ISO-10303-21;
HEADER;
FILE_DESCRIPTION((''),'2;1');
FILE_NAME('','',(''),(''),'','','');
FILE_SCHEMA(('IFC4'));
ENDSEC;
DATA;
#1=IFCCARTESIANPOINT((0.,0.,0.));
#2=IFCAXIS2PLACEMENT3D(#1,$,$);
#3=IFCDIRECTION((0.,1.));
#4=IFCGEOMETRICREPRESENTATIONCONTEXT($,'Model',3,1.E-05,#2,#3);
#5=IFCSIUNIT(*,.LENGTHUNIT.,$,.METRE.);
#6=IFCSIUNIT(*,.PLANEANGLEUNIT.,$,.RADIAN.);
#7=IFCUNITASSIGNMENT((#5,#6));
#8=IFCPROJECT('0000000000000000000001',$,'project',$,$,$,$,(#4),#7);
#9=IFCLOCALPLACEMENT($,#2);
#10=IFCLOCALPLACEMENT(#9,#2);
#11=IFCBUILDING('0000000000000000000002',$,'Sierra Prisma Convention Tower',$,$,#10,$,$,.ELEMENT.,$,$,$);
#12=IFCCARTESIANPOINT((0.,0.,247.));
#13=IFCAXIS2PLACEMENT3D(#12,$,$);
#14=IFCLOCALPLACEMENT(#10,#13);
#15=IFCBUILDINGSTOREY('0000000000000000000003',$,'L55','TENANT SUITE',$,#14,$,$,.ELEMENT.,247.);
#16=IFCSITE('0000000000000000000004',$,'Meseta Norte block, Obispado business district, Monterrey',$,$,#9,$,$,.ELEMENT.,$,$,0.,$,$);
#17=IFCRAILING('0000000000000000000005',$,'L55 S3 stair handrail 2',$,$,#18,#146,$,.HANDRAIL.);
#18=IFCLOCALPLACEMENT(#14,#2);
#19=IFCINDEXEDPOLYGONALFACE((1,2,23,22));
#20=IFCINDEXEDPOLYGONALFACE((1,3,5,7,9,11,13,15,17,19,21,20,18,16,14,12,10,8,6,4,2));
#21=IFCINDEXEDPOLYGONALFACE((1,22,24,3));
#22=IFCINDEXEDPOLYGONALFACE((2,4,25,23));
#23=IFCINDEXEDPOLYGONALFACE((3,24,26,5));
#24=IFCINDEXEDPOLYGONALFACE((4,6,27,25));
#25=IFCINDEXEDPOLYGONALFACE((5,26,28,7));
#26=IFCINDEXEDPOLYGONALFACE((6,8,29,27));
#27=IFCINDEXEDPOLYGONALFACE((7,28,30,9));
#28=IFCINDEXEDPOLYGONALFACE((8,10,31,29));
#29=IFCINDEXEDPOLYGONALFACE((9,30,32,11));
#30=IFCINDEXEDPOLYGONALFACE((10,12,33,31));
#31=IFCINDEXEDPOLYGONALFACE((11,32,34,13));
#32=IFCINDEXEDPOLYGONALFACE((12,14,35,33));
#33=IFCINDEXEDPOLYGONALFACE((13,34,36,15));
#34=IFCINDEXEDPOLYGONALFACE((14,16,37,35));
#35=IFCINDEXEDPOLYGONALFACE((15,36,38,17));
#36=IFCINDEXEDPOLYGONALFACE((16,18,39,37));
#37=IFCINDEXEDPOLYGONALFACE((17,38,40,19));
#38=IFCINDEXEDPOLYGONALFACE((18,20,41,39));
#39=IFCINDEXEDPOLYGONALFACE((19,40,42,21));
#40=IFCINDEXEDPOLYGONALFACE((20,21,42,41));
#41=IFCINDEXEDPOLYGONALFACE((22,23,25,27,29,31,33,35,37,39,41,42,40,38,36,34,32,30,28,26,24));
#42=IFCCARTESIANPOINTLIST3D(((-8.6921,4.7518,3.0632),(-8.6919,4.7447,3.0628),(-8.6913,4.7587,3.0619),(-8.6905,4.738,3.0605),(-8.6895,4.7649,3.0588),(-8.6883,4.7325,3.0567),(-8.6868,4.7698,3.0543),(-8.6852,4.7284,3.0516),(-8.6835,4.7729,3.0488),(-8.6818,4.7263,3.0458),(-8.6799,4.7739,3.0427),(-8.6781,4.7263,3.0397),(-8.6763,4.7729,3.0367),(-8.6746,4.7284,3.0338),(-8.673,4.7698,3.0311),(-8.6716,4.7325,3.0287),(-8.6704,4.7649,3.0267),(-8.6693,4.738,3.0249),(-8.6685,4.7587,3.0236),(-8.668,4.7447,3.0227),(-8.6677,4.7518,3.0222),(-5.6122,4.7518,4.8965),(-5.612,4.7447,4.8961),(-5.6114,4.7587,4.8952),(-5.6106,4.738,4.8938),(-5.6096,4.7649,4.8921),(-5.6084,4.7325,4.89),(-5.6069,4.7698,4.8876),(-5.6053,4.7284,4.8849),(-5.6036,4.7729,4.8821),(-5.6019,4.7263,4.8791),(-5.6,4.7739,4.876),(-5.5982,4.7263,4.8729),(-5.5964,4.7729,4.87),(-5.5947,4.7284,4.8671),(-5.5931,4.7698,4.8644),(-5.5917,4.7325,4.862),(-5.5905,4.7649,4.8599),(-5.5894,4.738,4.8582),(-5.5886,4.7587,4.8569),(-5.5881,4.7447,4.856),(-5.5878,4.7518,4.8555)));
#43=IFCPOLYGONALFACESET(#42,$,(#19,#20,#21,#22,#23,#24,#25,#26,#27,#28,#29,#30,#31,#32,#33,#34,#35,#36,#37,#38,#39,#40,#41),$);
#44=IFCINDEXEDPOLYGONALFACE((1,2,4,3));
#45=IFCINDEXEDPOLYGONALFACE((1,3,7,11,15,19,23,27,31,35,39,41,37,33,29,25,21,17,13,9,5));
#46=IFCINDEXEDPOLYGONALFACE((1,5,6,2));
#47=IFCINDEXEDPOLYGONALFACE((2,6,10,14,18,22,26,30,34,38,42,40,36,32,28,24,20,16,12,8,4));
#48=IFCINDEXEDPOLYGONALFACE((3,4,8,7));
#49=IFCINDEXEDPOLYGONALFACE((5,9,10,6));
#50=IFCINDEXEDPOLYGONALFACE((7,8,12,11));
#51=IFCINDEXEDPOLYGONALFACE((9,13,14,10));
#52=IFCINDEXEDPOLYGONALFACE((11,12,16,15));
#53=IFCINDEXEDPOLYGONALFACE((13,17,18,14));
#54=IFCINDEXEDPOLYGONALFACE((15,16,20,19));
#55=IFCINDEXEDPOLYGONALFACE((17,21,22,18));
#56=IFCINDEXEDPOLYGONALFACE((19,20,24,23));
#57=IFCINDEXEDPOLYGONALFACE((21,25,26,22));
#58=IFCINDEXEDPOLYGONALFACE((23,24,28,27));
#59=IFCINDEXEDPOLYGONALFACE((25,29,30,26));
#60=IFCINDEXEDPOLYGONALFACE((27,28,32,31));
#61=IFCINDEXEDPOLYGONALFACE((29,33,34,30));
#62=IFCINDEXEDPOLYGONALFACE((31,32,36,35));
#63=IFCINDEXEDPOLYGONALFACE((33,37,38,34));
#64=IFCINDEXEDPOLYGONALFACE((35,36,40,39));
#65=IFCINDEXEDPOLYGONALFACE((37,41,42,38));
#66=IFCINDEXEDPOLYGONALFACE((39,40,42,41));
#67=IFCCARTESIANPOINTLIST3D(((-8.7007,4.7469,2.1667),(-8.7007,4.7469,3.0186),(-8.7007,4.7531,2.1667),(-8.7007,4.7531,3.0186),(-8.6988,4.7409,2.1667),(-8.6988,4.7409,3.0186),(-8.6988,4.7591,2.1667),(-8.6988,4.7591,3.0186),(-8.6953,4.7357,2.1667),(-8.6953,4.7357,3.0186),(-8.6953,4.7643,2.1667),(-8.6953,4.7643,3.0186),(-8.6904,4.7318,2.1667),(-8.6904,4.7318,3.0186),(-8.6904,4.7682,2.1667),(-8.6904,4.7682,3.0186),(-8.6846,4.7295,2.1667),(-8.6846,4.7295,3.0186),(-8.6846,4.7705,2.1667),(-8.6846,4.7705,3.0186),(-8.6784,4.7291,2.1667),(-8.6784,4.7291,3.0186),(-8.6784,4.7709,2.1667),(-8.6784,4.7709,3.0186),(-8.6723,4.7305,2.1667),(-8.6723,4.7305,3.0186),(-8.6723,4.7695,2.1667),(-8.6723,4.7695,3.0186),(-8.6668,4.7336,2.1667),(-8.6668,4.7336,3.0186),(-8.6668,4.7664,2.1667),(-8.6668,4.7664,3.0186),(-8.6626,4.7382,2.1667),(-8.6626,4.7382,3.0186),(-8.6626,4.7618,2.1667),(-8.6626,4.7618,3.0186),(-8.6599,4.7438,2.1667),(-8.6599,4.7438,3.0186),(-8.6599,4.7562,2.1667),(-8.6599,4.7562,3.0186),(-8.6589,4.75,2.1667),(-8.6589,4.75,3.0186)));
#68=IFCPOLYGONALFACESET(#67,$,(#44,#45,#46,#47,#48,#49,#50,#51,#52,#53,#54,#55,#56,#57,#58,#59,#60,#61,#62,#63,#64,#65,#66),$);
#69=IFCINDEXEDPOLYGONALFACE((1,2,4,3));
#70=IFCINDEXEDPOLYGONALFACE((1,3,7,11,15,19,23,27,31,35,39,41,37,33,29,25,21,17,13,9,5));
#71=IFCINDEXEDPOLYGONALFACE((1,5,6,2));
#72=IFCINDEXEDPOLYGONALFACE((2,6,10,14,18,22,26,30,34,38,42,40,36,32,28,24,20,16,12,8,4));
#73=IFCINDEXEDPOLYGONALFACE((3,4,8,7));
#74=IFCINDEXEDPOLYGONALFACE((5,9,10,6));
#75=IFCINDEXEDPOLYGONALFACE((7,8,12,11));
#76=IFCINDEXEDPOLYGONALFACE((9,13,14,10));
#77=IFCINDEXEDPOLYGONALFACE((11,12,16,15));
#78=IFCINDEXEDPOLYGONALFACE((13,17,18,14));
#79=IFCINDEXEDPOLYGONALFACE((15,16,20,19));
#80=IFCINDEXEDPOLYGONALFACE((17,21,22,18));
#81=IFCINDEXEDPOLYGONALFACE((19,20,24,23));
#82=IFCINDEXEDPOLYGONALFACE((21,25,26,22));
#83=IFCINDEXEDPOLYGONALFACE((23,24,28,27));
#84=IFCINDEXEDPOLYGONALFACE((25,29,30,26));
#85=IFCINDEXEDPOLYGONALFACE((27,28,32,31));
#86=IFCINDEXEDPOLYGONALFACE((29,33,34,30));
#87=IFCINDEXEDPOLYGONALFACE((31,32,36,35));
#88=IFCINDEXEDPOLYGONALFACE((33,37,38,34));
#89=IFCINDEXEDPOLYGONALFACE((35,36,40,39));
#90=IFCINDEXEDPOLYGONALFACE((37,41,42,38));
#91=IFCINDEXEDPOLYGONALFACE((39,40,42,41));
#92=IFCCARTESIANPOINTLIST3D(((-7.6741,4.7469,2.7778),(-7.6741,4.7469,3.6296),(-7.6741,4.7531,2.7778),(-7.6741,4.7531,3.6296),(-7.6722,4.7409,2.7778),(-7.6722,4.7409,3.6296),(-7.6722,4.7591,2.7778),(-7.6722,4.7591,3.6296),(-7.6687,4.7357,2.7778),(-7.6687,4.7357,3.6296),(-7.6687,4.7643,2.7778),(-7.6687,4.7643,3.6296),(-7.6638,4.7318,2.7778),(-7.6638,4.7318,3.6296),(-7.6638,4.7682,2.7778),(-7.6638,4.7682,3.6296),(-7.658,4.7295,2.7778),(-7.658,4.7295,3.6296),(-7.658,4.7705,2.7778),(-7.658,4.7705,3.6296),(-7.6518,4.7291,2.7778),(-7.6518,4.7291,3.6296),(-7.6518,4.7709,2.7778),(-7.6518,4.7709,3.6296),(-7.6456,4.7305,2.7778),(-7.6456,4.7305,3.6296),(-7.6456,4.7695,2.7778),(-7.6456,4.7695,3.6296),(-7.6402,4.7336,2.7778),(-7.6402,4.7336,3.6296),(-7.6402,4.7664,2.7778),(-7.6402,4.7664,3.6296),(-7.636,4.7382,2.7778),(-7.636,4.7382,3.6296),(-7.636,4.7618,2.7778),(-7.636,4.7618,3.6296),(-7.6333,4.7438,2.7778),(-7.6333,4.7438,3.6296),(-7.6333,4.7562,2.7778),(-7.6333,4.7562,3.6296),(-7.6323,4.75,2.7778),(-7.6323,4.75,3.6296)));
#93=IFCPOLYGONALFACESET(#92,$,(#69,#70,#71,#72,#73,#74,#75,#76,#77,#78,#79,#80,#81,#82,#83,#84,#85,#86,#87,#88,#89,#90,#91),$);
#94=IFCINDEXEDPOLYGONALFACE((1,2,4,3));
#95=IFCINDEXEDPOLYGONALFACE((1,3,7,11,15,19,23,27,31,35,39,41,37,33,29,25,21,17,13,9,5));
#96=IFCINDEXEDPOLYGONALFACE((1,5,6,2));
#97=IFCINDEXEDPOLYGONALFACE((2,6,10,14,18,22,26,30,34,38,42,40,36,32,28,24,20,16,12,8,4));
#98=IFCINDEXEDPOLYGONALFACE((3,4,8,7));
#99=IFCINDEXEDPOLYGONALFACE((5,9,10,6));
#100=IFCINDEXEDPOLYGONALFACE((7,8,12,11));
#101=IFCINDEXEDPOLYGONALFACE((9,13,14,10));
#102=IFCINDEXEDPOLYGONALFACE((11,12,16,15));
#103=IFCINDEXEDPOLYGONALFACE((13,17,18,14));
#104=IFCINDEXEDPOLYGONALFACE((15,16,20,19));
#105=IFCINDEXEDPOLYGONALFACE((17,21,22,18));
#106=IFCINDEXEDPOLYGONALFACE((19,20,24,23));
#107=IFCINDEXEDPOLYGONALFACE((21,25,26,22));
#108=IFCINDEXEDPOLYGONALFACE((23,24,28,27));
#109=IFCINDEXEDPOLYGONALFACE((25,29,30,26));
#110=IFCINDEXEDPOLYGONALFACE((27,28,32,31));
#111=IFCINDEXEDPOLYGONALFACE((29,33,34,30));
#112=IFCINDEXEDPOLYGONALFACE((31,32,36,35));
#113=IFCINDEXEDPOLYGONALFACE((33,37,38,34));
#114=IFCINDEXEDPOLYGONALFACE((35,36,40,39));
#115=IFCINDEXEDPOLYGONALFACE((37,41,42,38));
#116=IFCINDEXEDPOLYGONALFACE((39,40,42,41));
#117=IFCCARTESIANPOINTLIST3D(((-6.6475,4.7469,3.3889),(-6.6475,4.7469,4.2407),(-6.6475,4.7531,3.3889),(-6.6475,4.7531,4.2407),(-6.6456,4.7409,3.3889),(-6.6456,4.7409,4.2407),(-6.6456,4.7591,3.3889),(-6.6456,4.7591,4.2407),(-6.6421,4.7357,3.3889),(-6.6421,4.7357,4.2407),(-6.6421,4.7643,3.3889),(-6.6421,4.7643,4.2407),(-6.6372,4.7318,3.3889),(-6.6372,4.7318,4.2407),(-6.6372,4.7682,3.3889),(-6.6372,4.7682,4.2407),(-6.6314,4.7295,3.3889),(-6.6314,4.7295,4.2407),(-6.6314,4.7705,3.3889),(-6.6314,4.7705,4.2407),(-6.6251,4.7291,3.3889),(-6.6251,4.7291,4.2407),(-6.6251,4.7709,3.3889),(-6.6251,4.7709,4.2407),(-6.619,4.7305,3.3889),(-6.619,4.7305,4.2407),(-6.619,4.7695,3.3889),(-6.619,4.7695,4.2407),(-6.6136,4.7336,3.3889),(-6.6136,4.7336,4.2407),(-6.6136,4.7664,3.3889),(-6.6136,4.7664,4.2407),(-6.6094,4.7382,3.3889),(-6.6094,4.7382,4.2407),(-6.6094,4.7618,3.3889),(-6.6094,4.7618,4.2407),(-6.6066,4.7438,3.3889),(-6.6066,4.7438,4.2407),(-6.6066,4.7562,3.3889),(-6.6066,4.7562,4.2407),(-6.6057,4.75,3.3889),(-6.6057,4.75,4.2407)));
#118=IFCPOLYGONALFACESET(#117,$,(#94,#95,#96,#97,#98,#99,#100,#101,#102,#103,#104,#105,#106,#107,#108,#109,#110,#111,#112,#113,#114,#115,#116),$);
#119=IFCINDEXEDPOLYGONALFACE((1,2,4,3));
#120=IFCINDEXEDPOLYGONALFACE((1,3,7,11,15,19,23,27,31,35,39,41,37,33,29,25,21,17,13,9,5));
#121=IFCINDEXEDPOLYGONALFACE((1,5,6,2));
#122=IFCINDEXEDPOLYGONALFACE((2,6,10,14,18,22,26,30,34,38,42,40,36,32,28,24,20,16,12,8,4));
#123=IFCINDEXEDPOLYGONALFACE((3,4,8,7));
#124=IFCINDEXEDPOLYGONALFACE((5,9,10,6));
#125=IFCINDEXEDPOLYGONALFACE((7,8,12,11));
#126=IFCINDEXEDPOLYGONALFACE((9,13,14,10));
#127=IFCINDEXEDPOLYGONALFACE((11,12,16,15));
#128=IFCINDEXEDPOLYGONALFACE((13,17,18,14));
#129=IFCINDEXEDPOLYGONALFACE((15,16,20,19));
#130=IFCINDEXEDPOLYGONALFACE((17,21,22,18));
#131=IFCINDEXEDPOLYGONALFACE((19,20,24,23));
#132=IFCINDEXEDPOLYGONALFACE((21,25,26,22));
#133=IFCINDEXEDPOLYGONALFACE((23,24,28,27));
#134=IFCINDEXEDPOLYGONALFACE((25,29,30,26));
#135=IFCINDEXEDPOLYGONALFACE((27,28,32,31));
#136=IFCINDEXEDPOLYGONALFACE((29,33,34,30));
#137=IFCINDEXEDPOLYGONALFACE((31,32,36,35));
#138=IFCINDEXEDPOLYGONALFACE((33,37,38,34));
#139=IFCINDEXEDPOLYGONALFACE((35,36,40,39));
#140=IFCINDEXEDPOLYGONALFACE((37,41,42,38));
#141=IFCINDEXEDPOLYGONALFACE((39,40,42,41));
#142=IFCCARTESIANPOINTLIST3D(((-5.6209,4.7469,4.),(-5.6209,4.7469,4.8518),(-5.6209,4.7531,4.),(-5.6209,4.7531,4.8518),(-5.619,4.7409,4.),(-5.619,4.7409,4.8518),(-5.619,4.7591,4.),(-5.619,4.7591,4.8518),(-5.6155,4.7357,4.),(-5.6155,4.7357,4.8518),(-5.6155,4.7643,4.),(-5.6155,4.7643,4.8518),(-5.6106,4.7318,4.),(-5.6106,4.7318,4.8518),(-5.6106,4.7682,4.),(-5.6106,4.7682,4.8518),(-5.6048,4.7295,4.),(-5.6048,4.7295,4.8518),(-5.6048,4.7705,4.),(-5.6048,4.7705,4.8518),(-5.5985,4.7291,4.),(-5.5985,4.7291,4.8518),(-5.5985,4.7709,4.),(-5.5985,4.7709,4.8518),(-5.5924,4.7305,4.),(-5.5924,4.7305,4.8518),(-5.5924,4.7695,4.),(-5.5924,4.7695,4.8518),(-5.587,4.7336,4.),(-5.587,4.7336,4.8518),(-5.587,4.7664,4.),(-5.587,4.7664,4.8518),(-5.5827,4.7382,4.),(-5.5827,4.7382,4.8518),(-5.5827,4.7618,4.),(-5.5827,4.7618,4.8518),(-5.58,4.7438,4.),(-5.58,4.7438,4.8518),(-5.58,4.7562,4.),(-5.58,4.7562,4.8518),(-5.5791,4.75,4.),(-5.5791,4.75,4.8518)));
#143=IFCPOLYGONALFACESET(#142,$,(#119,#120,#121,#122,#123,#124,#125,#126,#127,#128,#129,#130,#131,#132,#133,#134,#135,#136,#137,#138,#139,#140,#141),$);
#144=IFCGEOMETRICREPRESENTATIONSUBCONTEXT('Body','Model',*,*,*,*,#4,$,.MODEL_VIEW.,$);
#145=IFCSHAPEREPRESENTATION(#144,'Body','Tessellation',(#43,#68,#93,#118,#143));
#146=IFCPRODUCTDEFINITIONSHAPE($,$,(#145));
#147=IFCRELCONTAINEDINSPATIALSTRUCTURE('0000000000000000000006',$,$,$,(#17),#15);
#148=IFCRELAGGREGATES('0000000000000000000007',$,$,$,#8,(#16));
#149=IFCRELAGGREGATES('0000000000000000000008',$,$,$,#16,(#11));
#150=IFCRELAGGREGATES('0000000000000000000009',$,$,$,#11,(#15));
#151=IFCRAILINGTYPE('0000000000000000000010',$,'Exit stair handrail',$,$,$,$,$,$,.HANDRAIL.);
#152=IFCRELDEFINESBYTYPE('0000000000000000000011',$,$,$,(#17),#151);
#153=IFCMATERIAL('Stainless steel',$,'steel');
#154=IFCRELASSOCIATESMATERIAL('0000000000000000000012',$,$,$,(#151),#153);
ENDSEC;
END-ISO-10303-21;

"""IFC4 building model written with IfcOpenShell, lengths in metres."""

from ifc_helpers import new_model, si_unit, direction, frame, origin, origin_2d, place, context, subcontext, project, spatial, circle, extrude, material, type_object, element, save


model = new_model("IFC4")

# Units and contexts
model_context = context("Model", 3, precision=1e-05, world=origin(), true_north=direction((0.0, 1.0)))
body_context = subcontext(model_context, "Body", "Model", "MODEL_VIEW")
ifc_project = project(units=[si_unit("LENGTHUNIT", "METRE"), si_unit("PLANEANGLEUNIT", "RADIAN")], contexts=[model_context])

# Site, building, storey
site_placement = place(None, origin())
site = spatial("IfcSite", under=ifc_project, at=site_placement, Name="Meseta Norte block, Obispado business district, Monterrey", CompositionType="ELEMENT", RefElevation=0.0)
building_placement = place(site_placement, origin())
building = spatial("IfcBuilding", under=site, at=building_placement, Name="Sierra Prisma Convention Tower", CompositionType="ELEMENT")
storey_placement = place(building_placement, frame((0.0, 0.0, 247.0)))
storey = spatial("IfcBuildingStorey", under=building, at=storey_placement, Name="L55", Description="TENANT SUITE", CompositionType="ELEMENT", Elevation=247.0)

# Railing
ifc_material_1 = material(Name="Stainless steel", Category="steel")
railing_type_1 = type_object("IfcRailingType", Name="Exit stair handrail", PredefinedType="HANDRAIL", material=ifc_material_1)
railing_1_placement = place(storey_placement, frame((-8.6799, 4.75, 2.1667)))
element("IfcRailing", 1, at=railing_1_placement, inside=storey, type_object=railing_type_1, Name="L55 S3 stair handrail 2", PredefinedType="HANDRAIL", context=body_context, shape_type="SweptSolid", body=[
    extrude(circle(Radius=0.0239, at=origin_2d()), frame((0.0, 0.0, 0.876), z_axis=(0.859291, 0.0, 0.511487), x_axis=(0.0, 1.0, 0.0)), (0.0, 0.0, 1.0), 3.5842),
    extrude(circle(Radius=0.021, at=origin_2d()), origin(), (0.0, 0.0, 1.0), 0.8518),
    extrude(circle(Radius=0.021, at=origin_2d()), frame((1.0266, 0.0, 0.6111)), (0.0, 0.0, 1.0), 0.8518),
    extrude(circle(Radius=0.021, at=origin_2d()), frame((2.0532, 0.0, 1.2222)), (0.0, 0.0, 1.0), 0.8518),
    extrude(circle(Radius=0.021, at=origin_2d()), frame((3.0798, 0.0, 1.8333)), (0.0, 0.0, 1.0), 0.8518),
])

save(model, "model.ifc")
